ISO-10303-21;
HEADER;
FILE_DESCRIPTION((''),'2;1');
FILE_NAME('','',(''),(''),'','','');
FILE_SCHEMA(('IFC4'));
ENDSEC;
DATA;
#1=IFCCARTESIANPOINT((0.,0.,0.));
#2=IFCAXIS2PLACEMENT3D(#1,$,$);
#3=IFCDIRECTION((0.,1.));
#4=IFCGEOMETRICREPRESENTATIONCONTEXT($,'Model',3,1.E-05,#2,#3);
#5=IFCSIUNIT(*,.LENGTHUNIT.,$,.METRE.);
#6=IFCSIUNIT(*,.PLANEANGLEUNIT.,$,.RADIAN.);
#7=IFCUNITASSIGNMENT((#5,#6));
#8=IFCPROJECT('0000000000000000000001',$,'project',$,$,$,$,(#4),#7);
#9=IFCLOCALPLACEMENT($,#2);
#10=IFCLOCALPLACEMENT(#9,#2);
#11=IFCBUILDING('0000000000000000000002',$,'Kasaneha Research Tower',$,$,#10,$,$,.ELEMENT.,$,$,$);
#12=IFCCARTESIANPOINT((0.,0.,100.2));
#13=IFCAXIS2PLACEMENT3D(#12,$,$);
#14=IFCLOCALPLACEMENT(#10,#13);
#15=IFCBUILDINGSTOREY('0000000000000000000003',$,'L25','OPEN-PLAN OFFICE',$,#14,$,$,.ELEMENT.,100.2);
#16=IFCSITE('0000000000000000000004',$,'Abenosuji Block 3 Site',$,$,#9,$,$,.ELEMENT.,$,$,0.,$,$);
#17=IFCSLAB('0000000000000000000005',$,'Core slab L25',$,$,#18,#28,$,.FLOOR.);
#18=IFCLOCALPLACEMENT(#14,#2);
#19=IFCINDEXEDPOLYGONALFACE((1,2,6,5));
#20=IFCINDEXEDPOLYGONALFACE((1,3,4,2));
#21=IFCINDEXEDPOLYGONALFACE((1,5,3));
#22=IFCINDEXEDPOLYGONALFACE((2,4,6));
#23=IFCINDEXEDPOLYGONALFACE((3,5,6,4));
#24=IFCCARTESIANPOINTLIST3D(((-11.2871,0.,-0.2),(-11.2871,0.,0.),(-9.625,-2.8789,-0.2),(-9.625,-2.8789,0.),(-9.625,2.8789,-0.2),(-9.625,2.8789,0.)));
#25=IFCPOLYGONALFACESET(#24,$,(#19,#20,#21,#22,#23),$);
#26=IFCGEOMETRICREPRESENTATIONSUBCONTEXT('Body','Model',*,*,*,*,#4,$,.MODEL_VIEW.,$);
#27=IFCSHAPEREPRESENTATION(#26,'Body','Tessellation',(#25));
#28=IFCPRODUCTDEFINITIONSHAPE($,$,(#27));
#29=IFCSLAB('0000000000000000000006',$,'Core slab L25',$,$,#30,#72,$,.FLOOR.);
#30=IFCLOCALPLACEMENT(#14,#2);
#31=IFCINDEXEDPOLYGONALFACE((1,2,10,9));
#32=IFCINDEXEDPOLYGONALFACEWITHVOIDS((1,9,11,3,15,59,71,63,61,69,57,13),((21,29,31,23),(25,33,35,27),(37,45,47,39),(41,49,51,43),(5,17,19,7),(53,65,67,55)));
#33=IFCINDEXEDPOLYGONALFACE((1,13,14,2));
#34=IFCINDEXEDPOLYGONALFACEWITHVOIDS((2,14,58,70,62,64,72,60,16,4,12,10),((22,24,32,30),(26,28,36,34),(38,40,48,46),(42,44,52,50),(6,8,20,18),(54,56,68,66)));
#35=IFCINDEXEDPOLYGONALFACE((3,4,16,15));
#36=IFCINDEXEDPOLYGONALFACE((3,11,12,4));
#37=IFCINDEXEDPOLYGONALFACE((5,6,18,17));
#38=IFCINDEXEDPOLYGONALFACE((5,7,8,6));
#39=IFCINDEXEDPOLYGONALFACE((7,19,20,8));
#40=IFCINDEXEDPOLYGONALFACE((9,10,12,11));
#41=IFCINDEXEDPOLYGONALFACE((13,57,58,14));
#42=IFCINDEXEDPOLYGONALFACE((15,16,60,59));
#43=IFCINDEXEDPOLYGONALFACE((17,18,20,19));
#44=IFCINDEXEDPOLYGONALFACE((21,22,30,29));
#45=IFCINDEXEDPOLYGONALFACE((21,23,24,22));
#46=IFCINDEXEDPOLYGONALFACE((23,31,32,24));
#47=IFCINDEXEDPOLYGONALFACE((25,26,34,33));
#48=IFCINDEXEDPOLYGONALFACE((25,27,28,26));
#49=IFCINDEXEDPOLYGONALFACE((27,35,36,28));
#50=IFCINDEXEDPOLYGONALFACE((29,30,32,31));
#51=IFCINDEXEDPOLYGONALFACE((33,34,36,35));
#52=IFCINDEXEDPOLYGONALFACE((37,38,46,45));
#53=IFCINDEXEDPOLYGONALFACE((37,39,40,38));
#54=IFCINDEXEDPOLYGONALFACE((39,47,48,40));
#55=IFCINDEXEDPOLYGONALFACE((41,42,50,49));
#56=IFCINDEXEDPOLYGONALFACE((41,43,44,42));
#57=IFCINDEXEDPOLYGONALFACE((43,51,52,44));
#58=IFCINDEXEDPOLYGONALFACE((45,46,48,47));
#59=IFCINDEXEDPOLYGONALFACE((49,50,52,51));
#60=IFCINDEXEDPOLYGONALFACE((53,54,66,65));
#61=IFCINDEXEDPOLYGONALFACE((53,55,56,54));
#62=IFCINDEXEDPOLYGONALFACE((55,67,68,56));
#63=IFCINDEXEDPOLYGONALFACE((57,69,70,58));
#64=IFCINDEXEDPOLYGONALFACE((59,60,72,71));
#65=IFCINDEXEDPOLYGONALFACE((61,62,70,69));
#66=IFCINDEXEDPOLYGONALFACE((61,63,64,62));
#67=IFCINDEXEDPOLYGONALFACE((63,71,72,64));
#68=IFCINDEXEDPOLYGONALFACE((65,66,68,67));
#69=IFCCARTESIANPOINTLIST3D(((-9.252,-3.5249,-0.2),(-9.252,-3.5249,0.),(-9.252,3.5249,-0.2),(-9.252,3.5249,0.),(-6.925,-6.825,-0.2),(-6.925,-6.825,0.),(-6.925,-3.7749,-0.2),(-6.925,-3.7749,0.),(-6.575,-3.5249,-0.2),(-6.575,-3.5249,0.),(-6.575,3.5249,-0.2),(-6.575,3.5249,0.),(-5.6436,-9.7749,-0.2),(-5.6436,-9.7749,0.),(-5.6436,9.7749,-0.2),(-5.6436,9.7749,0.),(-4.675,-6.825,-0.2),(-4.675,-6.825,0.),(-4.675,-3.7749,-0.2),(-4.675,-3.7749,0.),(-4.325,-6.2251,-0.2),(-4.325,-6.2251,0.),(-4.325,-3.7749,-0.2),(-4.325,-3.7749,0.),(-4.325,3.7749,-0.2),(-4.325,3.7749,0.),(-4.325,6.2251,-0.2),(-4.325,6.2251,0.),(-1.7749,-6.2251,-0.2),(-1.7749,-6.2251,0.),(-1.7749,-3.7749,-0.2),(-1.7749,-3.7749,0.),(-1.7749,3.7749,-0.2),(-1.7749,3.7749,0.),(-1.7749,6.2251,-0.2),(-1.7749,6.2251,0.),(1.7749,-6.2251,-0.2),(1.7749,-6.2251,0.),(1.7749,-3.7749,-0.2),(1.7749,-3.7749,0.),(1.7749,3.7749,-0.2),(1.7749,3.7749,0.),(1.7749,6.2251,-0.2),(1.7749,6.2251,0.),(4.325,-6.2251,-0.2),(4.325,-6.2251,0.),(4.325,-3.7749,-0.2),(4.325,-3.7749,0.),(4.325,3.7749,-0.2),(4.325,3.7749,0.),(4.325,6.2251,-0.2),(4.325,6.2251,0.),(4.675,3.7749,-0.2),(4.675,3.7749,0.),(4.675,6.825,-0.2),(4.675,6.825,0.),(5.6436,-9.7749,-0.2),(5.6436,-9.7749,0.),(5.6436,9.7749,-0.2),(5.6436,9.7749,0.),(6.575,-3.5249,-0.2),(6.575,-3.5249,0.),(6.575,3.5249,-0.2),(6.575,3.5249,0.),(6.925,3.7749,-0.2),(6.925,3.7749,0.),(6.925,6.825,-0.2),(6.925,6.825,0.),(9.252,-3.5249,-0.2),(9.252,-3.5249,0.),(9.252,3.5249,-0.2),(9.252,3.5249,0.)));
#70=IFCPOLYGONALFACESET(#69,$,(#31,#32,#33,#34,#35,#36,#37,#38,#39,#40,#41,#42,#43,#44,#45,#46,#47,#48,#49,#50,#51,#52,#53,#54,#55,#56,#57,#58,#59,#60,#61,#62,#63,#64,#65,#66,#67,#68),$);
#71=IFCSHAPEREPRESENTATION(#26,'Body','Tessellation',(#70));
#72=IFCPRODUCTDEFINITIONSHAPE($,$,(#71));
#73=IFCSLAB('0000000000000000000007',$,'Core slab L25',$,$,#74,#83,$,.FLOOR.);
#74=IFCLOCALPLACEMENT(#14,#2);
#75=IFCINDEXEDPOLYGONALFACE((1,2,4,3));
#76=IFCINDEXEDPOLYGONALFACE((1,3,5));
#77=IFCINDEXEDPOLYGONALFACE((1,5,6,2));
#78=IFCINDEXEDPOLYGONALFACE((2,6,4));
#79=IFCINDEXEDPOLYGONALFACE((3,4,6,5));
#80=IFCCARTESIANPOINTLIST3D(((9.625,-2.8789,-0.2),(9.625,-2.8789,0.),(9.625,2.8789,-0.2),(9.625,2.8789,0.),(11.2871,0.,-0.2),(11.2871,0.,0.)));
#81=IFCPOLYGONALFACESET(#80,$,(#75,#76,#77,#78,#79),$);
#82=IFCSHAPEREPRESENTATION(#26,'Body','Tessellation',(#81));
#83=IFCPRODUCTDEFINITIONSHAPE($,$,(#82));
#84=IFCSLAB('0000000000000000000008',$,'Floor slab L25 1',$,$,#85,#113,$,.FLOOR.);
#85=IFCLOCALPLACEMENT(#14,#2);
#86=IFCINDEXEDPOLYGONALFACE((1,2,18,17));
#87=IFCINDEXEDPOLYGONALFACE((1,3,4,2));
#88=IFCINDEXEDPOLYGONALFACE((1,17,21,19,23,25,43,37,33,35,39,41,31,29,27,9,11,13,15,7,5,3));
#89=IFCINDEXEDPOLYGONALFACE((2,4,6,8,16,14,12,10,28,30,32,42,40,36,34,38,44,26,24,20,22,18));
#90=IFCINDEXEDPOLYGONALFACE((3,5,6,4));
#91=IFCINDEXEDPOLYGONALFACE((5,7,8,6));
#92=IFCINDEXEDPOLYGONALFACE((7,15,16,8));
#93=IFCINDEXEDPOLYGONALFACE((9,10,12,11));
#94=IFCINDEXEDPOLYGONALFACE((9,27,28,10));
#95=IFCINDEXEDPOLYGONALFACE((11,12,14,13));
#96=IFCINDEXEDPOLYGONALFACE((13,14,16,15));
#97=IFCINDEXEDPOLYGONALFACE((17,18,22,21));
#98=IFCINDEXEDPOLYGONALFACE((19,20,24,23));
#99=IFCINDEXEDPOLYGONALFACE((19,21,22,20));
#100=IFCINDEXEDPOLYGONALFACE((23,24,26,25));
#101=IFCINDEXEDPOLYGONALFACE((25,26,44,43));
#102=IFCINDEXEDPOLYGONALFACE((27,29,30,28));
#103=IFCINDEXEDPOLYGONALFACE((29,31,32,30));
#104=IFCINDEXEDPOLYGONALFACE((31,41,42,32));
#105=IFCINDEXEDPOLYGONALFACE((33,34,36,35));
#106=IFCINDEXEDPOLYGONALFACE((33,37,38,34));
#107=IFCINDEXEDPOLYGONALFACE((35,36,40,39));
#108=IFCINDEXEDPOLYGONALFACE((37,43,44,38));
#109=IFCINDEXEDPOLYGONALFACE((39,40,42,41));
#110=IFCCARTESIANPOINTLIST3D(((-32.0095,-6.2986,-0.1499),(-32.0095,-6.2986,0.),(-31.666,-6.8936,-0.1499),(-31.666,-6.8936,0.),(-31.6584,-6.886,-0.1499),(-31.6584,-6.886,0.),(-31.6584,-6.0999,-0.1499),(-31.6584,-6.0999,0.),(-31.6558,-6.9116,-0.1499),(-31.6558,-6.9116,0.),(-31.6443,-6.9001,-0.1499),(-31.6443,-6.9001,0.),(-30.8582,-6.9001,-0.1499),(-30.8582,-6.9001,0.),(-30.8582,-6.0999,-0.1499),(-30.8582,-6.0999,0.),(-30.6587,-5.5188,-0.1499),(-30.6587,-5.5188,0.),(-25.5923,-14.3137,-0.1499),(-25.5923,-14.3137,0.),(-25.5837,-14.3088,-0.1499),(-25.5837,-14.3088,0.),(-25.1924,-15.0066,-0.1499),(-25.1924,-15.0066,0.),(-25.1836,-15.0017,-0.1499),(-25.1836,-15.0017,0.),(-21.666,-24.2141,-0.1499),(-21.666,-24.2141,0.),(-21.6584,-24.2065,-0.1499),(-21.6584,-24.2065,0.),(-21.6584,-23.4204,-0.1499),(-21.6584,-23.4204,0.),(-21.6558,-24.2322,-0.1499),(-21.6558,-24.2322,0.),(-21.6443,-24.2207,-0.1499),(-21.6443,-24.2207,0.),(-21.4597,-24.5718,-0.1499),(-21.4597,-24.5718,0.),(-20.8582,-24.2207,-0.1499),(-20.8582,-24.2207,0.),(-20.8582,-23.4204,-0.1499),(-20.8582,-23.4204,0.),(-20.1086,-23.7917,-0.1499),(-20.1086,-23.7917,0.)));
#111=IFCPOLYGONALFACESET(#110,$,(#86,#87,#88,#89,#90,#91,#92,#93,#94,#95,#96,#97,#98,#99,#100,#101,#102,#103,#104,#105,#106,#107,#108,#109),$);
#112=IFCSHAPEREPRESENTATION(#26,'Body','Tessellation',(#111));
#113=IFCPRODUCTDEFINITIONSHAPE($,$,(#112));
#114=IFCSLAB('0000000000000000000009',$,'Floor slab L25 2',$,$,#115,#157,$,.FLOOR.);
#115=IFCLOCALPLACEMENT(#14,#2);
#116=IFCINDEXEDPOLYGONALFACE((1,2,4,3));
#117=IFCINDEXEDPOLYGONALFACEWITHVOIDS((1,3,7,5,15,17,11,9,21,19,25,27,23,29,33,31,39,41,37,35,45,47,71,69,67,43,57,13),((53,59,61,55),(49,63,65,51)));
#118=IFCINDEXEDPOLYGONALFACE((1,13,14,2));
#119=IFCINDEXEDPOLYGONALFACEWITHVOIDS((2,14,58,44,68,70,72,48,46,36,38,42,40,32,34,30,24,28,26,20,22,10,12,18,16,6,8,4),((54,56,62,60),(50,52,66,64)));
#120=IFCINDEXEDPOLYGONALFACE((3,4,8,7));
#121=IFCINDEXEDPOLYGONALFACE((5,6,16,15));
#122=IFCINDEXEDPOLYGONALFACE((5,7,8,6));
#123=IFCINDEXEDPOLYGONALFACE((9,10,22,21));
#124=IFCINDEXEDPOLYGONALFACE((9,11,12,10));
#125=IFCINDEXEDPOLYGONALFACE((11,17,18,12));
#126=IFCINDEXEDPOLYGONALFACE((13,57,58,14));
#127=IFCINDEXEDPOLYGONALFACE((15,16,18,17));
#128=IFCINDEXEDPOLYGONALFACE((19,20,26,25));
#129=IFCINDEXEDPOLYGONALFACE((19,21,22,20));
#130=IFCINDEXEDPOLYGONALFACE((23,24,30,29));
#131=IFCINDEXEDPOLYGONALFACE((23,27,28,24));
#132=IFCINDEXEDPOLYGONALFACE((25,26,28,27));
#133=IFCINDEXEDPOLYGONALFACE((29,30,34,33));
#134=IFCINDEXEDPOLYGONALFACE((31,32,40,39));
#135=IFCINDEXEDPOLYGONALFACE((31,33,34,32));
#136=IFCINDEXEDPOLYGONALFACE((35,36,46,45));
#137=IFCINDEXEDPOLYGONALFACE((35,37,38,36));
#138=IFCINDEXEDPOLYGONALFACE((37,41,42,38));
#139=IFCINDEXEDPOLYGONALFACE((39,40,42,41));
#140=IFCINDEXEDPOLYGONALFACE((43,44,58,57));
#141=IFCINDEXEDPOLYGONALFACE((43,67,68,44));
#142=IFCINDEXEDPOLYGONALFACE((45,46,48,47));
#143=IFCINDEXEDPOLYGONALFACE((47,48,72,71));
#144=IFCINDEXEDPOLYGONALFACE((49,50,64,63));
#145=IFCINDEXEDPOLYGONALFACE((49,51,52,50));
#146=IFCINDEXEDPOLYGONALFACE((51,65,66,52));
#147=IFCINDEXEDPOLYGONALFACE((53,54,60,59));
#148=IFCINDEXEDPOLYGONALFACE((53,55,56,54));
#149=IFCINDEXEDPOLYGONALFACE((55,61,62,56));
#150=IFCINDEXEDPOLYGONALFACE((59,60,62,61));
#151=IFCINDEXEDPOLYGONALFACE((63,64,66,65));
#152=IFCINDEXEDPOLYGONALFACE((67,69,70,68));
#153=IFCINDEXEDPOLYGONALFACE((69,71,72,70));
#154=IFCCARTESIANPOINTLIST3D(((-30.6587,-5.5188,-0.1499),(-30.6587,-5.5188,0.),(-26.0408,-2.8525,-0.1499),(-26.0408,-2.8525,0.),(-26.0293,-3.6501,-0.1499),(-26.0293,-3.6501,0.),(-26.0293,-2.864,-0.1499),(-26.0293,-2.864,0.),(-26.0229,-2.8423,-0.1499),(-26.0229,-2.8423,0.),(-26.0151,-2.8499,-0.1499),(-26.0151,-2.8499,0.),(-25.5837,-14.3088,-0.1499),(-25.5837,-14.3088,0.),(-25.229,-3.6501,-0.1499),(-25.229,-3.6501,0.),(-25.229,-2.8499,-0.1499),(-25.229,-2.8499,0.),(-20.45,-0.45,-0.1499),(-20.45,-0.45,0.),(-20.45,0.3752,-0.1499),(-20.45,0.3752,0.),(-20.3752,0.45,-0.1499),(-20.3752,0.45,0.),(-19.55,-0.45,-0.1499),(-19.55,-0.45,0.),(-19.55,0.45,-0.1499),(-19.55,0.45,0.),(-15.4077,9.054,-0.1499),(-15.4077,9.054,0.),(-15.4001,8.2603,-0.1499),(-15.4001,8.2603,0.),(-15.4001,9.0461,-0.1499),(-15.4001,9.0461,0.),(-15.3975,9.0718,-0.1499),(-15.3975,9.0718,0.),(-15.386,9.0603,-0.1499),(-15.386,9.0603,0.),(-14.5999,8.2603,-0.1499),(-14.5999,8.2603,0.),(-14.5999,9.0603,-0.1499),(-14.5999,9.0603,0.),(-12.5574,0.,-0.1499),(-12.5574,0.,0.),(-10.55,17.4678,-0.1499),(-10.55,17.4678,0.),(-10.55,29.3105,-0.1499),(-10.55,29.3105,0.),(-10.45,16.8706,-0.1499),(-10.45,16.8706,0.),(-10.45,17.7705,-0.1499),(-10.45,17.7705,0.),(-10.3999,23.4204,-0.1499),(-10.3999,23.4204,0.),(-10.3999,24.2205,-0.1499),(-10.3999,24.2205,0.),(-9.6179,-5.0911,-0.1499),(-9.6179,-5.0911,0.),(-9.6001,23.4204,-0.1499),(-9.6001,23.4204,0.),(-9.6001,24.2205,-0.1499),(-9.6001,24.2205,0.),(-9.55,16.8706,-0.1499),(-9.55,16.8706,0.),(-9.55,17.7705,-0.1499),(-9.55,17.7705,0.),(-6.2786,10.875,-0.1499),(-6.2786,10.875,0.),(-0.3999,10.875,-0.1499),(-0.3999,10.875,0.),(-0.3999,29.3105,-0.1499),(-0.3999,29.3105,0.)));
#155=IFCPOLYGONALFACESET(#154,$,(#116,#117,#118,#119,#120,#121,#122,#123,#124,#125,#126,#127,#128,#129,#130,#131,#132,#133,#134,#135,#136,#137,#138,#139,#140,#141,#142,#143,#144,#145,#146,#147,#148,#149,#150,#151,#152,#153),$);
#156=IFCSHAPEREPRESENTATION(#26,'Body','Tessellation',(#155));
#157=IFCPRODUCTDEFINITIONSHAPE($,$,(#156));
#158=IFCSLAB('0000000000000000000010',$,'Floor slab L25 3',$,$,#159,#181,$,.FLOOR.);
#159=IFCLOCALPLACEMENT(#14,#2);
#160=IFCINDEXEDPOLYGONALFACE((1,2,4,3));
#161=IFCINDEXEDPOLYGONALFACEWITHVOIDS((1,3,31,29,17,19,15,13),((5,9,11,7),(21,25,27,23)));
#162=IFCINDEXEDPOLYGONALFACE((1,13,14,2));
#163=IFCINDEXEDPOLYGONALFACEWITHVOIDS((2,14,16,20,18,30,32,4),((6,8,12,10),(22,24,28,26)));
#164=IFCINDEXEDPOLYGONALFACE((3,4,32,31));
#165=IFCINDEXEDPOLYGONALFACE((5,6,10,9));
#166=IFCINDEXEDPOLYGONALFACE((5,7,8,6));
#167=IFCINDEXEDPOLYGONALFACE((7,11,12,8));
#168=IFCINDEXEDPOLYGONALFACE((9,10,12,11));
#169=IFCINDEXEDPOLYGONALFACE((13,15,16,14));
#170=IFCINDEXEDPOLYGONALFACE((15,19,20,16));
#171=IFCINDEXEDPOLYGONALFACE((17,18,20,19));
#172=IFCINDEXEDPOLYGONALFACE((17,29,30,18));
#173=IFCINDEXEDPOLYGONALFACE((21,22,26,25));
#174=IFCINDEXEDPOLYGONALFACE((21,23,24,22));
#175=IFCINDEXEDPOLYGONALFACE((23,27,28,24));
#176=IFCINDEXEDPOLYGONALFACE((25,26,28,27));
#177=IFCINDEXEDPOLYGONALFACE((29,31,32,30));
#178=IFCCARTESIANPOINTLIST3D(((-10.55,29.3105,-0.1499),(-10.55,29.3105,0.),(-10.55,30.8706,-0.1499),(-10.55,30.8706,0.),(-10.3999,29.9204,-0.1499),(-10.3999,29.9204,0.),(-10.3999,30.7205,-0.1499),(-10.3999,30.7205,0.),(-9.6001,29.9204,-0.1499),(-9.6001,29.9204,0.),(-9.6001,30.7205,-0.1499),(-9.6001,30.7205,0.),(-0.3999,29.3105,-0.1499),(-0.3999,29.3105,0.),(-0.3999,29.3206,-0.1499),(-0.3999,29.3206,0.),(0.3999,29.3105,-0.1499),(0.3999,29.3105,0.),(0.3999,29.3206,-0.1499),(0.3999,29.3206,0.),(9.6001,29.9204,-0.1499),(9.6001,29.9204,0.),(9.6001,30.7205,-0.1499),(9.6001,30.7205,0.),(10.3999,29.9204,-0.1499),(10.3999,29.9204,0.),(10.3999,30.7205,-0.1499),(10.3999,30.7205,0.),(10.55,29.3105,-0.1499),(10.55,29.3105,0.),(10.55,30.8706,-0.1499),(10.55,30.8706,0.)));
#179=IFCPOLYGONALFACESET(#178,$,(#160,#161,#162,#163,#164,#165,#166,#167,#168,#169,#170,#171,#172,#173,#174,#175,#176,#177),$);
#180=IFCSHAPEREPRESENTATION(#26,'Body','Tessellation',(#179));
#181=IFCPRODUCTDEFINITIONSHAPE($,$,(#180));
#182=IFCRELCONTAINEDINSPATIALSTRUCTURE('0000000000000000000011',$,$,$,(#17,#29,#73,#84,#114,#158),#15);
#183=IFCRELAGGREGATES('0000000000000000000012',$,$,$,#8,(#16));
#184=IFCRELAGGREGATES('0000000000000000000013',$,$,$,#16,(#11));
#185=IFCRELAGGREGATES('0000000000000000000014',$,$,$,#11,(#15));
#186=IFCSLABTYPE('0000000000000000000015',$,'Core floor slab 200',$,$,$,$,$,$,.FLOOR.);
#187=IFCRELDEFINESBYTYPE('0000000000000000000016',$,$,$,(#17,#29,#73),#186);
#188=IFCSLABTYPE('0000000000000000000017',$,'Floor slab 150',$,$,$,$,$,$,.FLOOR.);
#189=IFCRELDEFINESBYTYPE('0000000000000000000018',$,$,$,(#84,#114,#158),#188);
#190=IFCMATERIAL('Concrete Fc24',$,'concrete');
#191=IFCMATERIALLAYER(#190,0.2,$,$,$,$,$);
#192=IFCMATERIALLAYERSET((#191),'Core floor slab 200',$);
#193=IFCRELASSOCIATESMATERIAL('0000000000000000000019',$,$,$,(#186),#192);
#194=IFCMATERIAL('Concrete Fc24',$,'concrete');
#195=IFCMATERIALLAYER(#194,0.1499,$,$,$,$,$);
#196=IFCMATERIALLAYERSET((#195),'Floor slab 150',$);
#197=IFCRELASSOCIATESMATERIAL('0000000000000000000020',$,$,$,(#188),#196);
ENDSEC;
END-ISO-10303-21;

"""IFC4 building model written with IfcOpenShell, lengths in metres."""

from ifc_helpers import new_model, si_unit, direction, frame, origin, place, context, subcontext, project, spatial, polyline, outline, extrude, material, layer, layer_set, type_object, element, save


model = new_model("IFC4")

# Units and contexts
model_context = context("Model", 3, precision=1e-05, world=origin(), true_north=direction((0.0, 1.0)))
body_context = subcontext(model_context, "Body", "Model", "MODEL_VIEW")
ifc_project = project(units=[si_unit("LENGTHUNIT", "METRE"), si_unit("PLANEANGLEUNIT", "RADIAN")], contexts=[model_context])

# Site, building, storey
site_placement = place(None, origin())
site = spatial("IfcSite", under=ifc_project, at=site_placement, Name="Abenosuji Block 3 Site", CompositionType="ELEMENT", RefElevation=0.0)
building_placement = place(site_placement, origin())
building = spatial("IfcBuilding", under=site, at=building_placement, Name="Kasaneha Research Tower", CompositionType="ELEMENT")
storey_placement = place(building_placement, frame((0.0, 0.0, 100.2)))
storey = spatial("IfcBuildingStorey", under=building, at=storey_placement, Name="L25", Description="OPEN-PLAN OFFICE", CompositionType="ELEMENT", Elevation=100.2)

# Slabs
ifc_material_1 = material(Name="Concrete Fc24", Category="concrete")
ifc_layer_1 = layer(ifc_material_1, 0.2)
ifc_layer_set_1 = layer_set([ifc_layer_1], Name="Core floor slab 200")
slab_type_1 = type_object("IfcSlabType", Name="Core floor slab 200", PredefinedType="FLOOR", material=ifc_layer_set_1)
slab_1_placement = place(storey_placement, frame((0.0, 0.0, -0.2)))
element("IfcSlab", 1, at=slab_1_placement, inside=storey, type_object=slab_type_1, Name="Core slab L25", PredefinedType="FLOOR", context=body_context, shape_type="SweptSolid", body=[
    extrude(outline(polyline([(-11.2871, 0.0), (-9.625, 2.8789), (-9.625, -2.8789), (-11.2871, 0.0)])), origin(), (0.0, 0.0, 1.0), 0.2),
])
slab_2_placement = place(storey_placement, frame((0.0, 0.0, -0.2)))
element("IfcSlab", 2, at=slab_2_placement, inside=storey, type_object=slab_type_1, Name="Core slab L25", PredefinedType="FLOOR", context=body_context, shape_type="SweptSolid", body=[
    extrude(outline(polyline([(-5.6436, 9.7749), (5.6436, 9.7749), (9.252, 3.5249), (6.575, 3.5249), (6.575, -3.5249), (9.252, -3.5249), (5.6436, -9.7749), (-5.6436, -9.7749), (-9.252, -3.5249), (-6.575, -3.5249), (-6.575, 3.5249), (-9.252, 3.5249), (-5.6436, 9.7749)]), holes=[polyline([(-6.925, -3.7749), (-6.925, -6.825), (-4.675, -6.825), (-4.675, -3.7749), (-6.925, -3.7749)]), polyline([(-4.325, -3.7749), (-4.325, -6.2251), (-1.7749, -6.2251), (-1.7749, -3.7749), (-4.325, -3.7749)]), polyline([(1.7749, -3.7749), (1.7749, -6.2251), (4.325, -6.2251), (4.325, -3.7749), (1.7749, -3.7749)]), polyline([(-4.325, 6.2251), (-4.325, 3.7749), (-1.7749, 3.7749), (-1.7749, 6.2251), (-4.325, 6.2251)]), polyline([(1.7749, 6.2251), (1.7749, 3.7749), (4.325, 3.7749), (4.325, 6.2251), (1.7749, 6.2251)]), polyline([(4.675, 6.825), (4.675, 3.7749), (6.925, 3.7749), (6.925, 6.825), (4.675, 6.825)])]), origin(), (0.0, 0.0, 1.0), 0.2),
])
slab_3_placement = place(storey_placement, frame((0.0, 0.0, -0.2)))
element("IfcSlab", 3, at=slab_3_placement, inside=storey, type_object=slab_type_1, Name="Core slab L25", PredefinedType="FLOOR", context=body_context, shape_type="SweptSolid", body=[
    extrude(outline(polyline([(11.2871, 0.0), (9.625, -2.8789), (9.625, 2.8789), (11.2871, 0.0)])), origin(), (0.0, 0.0, 1.0), 0.2),
])
ifc_material_2 = material(Name="Concrete Fc24", Category="concrete")
ifc_layer_2 = layer(ifc_material_2, 0.1499)
ifc_layer_set_2 = layer_set([ifc_layer_2], Name="Floor slab 150")
slab_type_2 = type_object("IfcSlabType", Name="Floor slab 150", PredefinedType="FLOOR", material=ifc_layer_set_2)
slab_4_placement = place(storey_placement, frame((0.0, 0.0, -0.1499)))
element("IfcSlab", 4, at=slab_4_placement, inside=storey, type_object=slab_type_2, Name="Floor slab L25 1", PredefinedType="FLOOR", context=body_context, shape_type="SweptSolid", body=[
    extrude(outline(polyline([(-25.1924, -15.0066), (-25.1836, -15.0017), (-20.1086, -23.7917), (-21.4597, -24.5718), (-21.6558, -24.2322), (-21.6443, -24.2207), (-20.8582, -24.2207), (-20.8582, -23.4204), (-21.6584, -23.4204), (-21.6584, -24.2065), (-21.666, -24.2141), (-31.6558, -6.9116), (-31.6443, -6.9001), (-30.8582, -6.9001), (-30.8582, -6.0999), (-31.6584, -6.0999), (-31.6584, -6.886), (-31.666, -6.8936), (-32.0095, -6.2986), (-30.6587, -5.5188), (-25.5837, -14.3088), (-25.5923, -14.3137), (-25.1924, -15.0066)])), origin(), (0.0, 0.0, 1.0), 0.1499),
])
slab_5_placement = place(storey_placement, frame((0.0, 0.0, -0.1499)))
element("IfcSlab", 5, at=slab_5_placement, inside=storey, type_object=slab_type_2, Name="Floor slab L25 2", PredefinedType="FLOOR", context=body_context, shape_type="SweptSolid", body=[
    extrude(outline(polyline([(-20.3752, 0.45), (-15.4077, 9.054), (-15.4001, 9.0461), (-15.4001, 8.2603), (-14.5999, 8.2603), (-14.5999, 9.0603), (-15.386, 9.0603), (-15.3975, 9.0718), (-10.55, 17.4678), (-10.55, 29.3105), (-0.3999, 29.3105), (-0.3999, 10.875), (-6.2786, 10.875), (-12.5574, 0.0), (-9.6179, -5.0911), (-25.5837, -14.3088), (-30.6587, -5.5188), (-26.0408, -2.8525), (-26.0293, -2.864), (-26.0293, -3.6501), (-25.229, -3.6501), (-25.229, -2.8499), (-26.0151, -2.8499), (-26.0229, -2.8423), (-20.45, 0.3752), (-20.45, -0.45), (-19.55, -0.45), (-19.55, 0.45), (-20.3752, 0.45)]), holes=[polyline([(-9.55, 17.7705), (-10.45, 17.7705), (-10.45, 16.8706), (-9.55, 16.8706), (-9.55, 17.7705)]), polyline([(-9.6001, 23.4204), (-9.6001, 24.2205), (-10.3999, 24.2205), (-10.3999, 23.4204), (-9.6001, 23.4204)])]), origin(), (0.0, 0.0, 1.0), 0.1499),
])
slab_6_placement = place(storey_placement, frame((0.0, 0.0, -0.1499)))
element("IfcSlab", 6, at=slab_6_placement, inside=storey, type_object=slab_type_2, Name="Floor slab L25 3", PredefinedType="FLOOR", context=body_context, shape_type="SweptSolid", body=[
    extrude(outline(polyline([(10.55, 29.3105), (0.3999, 29.3105), (0.3999, 29.3206), (-0.3999, 29.3206), (-0.3999, 29.3105), (-10.55, 29.3105), (-10.55, 30.8706), (10.55, 30.8706), (10.55, 29.3105)]), holes=[polyline([(-9.6001, 30.7205), (-10.3999, 30.7205), (-10.3999, 29.9204), (-9.6001, 29.9204), (-9.6001, 30.7205)]), polyline([(10.3999, 29.9204), (10.3999, 30.7205), (9.6001, 30.7205), (9.6001, 29.9204), (10.3999, 29.9204)])]), origin(), (0.0, 0.0, 1.0), 0.1499),
])

save(model, "model.ifc")
